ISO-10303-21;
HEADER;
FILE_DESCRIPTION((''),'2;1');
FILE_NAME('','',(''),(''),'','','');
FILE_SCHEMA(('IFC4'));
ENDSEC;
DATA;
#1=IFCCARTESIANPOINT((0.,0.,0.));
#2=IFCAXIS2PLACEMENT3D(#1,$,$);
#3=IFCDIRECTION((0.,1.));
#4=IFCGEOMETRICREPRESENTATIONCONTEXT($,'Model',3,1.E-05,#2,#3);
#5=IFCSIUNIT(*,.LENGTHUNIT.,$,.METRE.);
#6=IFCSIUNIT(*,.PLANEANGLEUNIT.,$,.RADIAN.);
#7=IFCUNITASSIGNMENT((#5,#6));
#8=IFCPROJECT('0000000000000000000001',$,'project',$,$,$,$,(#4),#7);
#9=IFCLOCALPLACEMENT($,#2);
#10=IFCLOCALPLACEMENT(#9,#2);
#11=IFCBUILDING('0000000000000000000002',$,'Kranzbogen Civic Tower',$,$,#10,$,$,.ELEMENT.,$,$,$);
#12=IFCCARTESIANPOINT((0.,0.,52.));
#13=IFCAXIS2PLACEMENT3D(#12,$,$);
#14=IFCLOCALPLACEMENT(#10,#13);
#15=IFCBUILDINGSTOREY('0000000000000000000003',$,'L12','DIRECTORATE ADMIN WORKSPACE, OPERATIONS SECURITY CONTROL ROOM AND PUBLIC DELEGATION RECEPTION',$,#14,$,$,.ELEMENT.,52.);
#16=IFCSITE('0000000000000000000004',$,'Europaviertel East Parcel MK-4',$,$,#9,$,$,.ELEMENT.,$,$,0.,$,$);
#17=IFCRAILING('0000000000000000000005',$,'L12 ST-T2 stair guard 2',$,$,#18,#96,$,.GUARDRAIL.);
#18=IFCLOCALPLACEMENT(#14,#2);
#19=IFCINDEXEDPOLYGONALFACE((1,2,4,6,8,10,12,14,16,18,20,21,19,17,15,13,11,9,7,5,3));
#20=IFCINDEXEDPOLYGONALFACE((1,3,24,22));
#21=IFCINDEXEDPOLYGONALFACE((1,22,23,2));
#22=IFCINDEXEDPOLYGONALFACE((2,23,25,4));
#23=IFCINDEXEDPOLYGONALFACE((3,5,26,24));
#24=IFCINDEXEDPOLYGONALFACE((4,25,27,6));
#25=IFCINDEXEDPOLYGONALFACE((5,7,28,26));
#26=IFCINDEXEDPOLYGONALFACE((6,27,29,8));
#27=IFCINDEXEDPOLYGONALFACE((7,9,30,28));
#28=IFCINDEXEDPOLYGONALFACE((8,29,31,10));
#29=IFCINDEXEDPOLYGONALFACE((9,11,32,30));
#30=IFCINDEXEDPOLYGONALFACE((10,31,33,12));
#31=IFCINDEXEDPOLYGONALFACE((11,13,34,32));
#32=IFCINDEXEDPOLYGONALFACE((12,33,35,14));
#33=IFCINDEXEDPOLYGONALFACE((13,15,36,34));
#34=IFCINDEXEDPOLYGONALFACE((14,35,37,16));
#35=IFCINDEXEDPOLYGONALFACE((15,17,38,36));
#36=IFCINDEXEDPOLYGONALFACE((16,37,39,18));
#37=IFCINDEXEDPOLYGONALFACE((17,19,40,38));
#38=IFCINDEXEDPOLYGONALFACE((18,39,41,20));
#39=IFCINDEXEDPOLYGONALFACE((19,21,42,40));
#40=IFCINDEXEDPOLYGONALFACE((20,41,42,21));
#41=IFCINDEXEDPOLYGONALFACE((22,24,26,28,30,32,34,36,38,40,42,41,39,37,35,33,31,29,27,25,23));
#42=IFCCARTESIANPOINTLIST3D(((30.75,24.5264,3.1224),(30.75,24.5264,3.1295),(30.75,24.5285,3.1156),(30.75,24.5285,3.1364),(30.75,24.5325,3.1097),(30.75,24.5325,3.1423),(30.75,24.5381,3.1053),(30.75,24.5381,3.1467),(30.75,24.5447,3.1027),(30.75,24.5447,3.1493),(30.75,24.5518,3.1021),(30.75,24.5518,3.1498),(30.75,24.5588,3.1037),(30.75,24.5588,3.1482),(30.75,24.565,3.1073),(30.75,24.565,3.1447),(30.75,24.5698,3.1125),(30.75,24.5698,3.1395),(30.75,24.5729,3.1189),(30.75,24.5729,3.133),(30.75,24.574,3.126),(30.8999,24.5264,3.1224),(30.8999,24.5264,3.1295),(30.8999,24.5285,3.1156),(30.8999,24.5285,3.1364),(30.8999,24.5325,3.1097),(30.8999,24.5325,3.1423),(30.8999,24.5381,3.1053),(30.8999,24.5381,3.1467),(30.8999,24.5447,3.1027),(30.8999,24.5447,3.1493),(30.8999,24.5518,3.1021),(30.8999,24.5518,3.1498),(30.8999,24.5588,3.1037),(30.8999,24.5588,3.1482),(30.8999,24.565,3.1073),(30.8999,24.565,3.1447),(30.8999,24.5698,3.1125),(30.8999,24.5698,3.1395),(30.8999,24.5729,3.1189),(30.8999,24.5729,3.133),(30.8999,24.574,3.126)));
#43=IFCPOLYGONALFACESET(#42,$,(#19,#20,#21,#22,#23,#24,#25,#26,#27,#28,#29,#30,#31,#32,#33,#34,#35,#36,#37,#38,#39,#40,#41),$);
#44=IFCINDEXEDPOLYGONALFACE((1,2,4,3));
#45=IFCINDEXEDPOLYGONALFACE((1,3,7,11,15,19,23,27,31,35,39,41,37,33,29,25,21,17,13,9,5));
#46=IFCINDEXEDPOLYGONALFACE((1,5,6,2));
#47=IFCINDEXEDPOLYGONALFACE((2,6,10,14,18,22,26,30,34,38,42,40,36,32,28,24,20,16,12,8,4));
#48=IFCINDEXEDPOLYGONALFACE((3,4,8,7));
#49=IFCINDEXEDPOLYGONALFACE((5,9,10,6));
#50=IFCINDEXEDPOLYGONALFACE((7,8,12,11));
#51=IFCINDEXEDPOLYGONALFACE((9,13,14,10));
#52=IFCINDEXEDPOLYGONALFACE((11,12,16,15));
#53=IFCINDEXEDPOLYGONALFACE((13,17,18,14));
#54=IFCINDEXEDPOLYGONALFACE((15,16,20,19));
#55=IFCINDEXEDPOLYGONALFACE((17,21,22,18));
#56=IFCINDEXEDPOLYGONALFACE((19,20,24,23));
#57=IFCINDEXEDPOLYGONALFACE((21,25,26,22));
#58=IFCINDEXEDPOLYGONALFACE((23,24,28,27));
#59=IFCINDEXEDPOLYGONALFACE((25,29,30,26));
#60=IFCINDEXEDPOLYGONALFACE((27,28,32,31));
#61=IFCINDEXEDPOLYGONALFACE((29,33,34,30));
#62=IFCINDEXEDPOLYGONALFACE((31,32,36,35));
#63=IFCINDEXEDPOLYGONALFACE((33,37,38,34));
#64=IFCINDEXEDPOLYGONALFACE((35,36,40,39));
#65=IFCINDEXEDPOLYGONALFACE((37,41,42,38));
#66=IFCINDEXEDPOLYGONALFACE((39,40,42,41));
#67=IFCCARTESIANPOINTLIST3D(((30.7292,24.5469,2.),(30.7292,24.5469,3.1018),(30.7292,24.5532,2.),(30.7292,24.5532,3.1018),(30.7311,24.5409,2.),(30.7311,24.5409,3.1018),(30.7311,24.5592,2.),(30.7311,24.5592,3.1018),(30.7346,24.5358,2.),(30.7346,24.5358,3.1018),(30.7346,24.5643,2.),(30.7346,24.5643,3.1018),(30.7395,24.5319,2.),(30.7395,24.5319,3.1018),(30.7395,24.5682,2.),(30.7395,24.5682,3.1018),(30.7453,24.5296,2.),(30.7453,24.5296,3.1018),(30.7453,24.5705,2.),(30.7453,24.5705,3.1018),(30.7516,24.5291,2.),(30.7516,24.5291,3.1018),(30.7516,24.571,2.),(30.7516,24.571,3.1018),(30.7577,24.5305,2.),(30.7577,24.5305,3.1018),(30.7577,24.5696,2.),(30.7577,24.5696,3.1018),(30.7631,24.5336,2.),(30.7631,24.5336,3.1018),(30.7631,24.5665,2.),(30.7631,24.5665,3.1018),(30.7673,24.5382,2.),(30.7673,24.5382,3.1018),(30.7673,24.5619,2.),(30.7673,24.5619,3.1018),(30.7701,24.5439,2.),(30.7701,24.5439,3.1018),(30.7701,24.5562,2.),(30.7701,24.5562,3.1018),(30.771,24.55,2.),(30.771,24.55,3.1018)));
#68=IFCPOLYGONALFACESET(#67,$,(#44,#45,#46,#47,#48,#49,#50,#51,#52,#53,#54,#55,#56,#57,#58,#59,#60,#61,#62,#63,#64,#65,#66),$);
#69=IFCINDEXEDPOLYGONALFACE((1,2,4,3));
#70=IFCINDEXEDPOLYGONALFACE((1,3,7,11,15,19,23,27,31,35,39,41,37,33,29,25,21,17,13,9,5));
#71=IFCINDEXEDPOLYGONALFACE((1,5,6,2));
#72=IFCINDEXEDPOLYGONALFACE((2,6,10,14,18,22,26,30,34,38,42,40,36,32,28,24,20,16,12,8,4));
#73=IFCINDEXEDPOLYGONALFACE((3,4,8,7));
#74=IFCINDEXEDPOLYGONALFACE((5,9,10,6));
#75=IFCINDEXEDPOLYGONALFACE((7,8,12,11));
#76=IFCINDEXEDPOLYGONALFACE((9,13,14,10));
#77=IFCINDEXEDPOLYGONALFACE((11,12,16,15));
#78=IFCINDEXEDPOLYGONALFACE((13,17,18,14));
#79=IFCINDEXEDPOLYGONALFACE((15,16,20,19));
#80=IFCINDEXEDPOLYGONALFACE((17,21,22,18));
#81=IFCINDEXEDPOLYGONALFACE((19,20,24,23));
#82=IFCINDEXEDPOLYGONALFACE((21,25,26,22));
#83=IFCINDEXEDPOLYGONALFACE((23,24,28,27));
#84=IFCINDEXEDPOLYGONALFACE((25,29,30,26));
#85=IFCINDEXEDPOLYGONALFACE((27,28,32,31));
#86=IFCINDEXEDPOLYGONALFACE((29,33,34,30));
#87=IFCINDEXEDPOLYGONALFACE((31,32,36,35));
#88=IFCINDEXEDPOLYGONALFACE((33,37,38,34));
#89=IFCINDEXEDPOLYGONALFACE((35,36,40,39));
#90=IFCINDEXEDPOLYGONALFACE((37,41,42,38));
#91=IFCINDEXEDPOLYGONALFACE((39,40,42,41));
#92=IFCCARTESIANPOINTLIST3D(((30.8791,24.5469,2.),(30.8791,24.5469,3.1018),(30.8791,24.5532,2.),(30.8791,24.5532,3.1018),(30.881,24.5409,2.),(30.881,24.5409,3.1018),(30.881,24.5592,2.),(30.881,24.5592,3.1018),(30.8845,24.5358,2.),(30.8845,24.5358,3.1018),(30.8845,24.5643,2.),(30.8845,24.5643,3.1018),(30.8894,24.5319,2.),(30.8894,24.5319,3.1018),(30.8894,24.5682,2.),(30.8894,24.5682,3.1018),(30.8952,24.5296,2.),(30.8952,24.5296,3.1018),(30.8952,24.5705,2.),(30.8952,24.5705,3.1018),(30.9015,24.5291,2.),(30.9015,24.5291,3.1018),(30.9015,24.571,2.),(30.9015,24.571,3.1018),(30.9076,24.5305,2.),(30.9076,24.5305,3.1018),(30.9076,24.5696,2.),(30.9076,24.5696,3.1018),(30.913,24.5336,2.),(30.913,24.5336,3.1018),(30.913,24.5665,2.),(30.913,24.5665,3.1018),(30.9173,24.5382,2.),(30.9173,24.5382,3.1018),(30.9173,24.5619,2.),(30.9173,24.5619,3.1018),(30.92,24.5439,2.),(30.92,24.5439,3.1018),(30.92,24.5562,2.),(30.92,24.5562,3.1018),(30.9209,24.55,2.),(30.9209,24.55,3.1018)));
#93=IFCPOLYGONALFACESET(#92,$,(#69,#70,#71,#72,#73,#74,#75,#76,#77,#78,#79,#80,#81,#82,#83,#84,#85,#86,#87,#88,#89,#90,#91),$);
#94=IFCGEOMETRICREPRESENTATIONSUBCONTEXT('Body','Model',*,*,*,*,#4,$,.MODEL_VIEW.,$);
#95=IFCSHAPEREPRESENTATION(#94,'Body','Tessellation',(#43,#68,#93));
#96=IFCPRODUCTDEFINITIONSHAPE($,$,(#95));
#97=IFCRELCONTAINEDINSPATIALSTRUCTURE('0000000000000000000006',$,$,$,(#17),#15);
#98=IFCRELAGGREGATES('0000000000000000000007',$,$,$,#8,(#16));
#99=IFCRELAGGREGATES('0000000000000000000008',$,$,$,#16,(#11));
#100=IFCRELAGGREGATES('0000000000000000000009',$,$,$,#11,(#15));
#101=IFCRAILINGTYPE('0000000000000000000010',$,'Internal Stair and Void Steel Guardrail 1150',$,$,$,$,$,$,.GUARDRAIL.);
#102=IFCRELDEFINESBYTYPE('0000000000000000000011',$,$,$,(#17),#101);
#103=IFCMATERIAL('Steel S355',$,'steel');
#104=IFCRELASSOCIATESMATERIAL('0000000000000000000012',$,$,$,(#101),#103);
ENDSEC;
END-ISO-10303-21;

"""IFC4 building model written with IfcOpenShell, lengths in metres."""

from ifc_helpers import new_model, si_unit, direction, frame, origin, origin_2d, place, context, subcontext, project, spatial, circle, extrude, material, type_object, element, save


model = new_model("IFC4")

# Units and contexts
model_context = context("Model", 3, precision=1e-05, world=origin(), true_north=direction((0.0, 1.0)))
body_context = subcontext(model_context, "Body", "Model", "MODEL_VIEW")
ifc_project = project(units=[si_unit("LENGTHUNIT", "METRE"), si_unit("PLANEANGLEUNIT", "RADIAN")], contexts=[model_context])

# Site, building, storey
site_placement = place(None, origin())
site = spatial("IfcSite", under=ifc_project, at=site_placement, Name="Europaviertel East Parcel MK-4", CompositionType="ELEMENT", RefElevation=0.0)
building_placement = place(site_placement, origin())
building = spatial("IfcBuilding", under=site, at=building_placement, Name="Kranzbogen Civic Tower", CompositionType="ELEMENT")
storey_placement = place(building_placement, frame((0.0, 0.0, 52.0)))
storey = spatial("IfcBuildingStorey", under=building, at=storey_placement, Name="L12", Description="DIRECTORATE ADMIN WORKSPACE, OPERATIONS SECURITY CONTROL ROOM AND PUBLIC DELEGATION RECEPTION", CompositionType="ELEMENT", Elevation=52.0)

# Shared definitions
ifc_material_1 = material(Name="Steel S355", Category="steel")

# Railing
railing_type_1 = type_object("IfcRailingType", Name="Internal Stair and Void Steel Guardrail 1150", PredefinedType="GUARDRAIL", material=ifc_material_1)
railing_1_placement = place(storey_placement, frame((30.75, 24.55, 2.0)))
element("IfcRailing", 1, at=railing_1_placement, inside=storey, type_object=railing_type_1, Name="L12 ST-T2 stair guard 2", PredefinedType="GUARDRAIL", context=body_context, shape_type="SweptSolid", body=[
    extrude(circle(Radius=0.0239, at=origin_2d()), frame((0.0, 0.0, 1.126), z_axis=(1.0, 0.0, 0.0), x_axis=(0.0, 1.0, 0.0)), (0.0, 0.0, 1.0), 0.1499),
    extrude(circle(Radius=0.021, at=origin_2d()), origin(), (0.0, 0.0, 1.0), 1.1018),
    extrude(circle(Radius=0.021, at=origin_2d()), frame((0.1499, 0.0, 0.0)), (0.0, 0.0, 1.0), 1.1018),
])

save(model, "model.ifc")
